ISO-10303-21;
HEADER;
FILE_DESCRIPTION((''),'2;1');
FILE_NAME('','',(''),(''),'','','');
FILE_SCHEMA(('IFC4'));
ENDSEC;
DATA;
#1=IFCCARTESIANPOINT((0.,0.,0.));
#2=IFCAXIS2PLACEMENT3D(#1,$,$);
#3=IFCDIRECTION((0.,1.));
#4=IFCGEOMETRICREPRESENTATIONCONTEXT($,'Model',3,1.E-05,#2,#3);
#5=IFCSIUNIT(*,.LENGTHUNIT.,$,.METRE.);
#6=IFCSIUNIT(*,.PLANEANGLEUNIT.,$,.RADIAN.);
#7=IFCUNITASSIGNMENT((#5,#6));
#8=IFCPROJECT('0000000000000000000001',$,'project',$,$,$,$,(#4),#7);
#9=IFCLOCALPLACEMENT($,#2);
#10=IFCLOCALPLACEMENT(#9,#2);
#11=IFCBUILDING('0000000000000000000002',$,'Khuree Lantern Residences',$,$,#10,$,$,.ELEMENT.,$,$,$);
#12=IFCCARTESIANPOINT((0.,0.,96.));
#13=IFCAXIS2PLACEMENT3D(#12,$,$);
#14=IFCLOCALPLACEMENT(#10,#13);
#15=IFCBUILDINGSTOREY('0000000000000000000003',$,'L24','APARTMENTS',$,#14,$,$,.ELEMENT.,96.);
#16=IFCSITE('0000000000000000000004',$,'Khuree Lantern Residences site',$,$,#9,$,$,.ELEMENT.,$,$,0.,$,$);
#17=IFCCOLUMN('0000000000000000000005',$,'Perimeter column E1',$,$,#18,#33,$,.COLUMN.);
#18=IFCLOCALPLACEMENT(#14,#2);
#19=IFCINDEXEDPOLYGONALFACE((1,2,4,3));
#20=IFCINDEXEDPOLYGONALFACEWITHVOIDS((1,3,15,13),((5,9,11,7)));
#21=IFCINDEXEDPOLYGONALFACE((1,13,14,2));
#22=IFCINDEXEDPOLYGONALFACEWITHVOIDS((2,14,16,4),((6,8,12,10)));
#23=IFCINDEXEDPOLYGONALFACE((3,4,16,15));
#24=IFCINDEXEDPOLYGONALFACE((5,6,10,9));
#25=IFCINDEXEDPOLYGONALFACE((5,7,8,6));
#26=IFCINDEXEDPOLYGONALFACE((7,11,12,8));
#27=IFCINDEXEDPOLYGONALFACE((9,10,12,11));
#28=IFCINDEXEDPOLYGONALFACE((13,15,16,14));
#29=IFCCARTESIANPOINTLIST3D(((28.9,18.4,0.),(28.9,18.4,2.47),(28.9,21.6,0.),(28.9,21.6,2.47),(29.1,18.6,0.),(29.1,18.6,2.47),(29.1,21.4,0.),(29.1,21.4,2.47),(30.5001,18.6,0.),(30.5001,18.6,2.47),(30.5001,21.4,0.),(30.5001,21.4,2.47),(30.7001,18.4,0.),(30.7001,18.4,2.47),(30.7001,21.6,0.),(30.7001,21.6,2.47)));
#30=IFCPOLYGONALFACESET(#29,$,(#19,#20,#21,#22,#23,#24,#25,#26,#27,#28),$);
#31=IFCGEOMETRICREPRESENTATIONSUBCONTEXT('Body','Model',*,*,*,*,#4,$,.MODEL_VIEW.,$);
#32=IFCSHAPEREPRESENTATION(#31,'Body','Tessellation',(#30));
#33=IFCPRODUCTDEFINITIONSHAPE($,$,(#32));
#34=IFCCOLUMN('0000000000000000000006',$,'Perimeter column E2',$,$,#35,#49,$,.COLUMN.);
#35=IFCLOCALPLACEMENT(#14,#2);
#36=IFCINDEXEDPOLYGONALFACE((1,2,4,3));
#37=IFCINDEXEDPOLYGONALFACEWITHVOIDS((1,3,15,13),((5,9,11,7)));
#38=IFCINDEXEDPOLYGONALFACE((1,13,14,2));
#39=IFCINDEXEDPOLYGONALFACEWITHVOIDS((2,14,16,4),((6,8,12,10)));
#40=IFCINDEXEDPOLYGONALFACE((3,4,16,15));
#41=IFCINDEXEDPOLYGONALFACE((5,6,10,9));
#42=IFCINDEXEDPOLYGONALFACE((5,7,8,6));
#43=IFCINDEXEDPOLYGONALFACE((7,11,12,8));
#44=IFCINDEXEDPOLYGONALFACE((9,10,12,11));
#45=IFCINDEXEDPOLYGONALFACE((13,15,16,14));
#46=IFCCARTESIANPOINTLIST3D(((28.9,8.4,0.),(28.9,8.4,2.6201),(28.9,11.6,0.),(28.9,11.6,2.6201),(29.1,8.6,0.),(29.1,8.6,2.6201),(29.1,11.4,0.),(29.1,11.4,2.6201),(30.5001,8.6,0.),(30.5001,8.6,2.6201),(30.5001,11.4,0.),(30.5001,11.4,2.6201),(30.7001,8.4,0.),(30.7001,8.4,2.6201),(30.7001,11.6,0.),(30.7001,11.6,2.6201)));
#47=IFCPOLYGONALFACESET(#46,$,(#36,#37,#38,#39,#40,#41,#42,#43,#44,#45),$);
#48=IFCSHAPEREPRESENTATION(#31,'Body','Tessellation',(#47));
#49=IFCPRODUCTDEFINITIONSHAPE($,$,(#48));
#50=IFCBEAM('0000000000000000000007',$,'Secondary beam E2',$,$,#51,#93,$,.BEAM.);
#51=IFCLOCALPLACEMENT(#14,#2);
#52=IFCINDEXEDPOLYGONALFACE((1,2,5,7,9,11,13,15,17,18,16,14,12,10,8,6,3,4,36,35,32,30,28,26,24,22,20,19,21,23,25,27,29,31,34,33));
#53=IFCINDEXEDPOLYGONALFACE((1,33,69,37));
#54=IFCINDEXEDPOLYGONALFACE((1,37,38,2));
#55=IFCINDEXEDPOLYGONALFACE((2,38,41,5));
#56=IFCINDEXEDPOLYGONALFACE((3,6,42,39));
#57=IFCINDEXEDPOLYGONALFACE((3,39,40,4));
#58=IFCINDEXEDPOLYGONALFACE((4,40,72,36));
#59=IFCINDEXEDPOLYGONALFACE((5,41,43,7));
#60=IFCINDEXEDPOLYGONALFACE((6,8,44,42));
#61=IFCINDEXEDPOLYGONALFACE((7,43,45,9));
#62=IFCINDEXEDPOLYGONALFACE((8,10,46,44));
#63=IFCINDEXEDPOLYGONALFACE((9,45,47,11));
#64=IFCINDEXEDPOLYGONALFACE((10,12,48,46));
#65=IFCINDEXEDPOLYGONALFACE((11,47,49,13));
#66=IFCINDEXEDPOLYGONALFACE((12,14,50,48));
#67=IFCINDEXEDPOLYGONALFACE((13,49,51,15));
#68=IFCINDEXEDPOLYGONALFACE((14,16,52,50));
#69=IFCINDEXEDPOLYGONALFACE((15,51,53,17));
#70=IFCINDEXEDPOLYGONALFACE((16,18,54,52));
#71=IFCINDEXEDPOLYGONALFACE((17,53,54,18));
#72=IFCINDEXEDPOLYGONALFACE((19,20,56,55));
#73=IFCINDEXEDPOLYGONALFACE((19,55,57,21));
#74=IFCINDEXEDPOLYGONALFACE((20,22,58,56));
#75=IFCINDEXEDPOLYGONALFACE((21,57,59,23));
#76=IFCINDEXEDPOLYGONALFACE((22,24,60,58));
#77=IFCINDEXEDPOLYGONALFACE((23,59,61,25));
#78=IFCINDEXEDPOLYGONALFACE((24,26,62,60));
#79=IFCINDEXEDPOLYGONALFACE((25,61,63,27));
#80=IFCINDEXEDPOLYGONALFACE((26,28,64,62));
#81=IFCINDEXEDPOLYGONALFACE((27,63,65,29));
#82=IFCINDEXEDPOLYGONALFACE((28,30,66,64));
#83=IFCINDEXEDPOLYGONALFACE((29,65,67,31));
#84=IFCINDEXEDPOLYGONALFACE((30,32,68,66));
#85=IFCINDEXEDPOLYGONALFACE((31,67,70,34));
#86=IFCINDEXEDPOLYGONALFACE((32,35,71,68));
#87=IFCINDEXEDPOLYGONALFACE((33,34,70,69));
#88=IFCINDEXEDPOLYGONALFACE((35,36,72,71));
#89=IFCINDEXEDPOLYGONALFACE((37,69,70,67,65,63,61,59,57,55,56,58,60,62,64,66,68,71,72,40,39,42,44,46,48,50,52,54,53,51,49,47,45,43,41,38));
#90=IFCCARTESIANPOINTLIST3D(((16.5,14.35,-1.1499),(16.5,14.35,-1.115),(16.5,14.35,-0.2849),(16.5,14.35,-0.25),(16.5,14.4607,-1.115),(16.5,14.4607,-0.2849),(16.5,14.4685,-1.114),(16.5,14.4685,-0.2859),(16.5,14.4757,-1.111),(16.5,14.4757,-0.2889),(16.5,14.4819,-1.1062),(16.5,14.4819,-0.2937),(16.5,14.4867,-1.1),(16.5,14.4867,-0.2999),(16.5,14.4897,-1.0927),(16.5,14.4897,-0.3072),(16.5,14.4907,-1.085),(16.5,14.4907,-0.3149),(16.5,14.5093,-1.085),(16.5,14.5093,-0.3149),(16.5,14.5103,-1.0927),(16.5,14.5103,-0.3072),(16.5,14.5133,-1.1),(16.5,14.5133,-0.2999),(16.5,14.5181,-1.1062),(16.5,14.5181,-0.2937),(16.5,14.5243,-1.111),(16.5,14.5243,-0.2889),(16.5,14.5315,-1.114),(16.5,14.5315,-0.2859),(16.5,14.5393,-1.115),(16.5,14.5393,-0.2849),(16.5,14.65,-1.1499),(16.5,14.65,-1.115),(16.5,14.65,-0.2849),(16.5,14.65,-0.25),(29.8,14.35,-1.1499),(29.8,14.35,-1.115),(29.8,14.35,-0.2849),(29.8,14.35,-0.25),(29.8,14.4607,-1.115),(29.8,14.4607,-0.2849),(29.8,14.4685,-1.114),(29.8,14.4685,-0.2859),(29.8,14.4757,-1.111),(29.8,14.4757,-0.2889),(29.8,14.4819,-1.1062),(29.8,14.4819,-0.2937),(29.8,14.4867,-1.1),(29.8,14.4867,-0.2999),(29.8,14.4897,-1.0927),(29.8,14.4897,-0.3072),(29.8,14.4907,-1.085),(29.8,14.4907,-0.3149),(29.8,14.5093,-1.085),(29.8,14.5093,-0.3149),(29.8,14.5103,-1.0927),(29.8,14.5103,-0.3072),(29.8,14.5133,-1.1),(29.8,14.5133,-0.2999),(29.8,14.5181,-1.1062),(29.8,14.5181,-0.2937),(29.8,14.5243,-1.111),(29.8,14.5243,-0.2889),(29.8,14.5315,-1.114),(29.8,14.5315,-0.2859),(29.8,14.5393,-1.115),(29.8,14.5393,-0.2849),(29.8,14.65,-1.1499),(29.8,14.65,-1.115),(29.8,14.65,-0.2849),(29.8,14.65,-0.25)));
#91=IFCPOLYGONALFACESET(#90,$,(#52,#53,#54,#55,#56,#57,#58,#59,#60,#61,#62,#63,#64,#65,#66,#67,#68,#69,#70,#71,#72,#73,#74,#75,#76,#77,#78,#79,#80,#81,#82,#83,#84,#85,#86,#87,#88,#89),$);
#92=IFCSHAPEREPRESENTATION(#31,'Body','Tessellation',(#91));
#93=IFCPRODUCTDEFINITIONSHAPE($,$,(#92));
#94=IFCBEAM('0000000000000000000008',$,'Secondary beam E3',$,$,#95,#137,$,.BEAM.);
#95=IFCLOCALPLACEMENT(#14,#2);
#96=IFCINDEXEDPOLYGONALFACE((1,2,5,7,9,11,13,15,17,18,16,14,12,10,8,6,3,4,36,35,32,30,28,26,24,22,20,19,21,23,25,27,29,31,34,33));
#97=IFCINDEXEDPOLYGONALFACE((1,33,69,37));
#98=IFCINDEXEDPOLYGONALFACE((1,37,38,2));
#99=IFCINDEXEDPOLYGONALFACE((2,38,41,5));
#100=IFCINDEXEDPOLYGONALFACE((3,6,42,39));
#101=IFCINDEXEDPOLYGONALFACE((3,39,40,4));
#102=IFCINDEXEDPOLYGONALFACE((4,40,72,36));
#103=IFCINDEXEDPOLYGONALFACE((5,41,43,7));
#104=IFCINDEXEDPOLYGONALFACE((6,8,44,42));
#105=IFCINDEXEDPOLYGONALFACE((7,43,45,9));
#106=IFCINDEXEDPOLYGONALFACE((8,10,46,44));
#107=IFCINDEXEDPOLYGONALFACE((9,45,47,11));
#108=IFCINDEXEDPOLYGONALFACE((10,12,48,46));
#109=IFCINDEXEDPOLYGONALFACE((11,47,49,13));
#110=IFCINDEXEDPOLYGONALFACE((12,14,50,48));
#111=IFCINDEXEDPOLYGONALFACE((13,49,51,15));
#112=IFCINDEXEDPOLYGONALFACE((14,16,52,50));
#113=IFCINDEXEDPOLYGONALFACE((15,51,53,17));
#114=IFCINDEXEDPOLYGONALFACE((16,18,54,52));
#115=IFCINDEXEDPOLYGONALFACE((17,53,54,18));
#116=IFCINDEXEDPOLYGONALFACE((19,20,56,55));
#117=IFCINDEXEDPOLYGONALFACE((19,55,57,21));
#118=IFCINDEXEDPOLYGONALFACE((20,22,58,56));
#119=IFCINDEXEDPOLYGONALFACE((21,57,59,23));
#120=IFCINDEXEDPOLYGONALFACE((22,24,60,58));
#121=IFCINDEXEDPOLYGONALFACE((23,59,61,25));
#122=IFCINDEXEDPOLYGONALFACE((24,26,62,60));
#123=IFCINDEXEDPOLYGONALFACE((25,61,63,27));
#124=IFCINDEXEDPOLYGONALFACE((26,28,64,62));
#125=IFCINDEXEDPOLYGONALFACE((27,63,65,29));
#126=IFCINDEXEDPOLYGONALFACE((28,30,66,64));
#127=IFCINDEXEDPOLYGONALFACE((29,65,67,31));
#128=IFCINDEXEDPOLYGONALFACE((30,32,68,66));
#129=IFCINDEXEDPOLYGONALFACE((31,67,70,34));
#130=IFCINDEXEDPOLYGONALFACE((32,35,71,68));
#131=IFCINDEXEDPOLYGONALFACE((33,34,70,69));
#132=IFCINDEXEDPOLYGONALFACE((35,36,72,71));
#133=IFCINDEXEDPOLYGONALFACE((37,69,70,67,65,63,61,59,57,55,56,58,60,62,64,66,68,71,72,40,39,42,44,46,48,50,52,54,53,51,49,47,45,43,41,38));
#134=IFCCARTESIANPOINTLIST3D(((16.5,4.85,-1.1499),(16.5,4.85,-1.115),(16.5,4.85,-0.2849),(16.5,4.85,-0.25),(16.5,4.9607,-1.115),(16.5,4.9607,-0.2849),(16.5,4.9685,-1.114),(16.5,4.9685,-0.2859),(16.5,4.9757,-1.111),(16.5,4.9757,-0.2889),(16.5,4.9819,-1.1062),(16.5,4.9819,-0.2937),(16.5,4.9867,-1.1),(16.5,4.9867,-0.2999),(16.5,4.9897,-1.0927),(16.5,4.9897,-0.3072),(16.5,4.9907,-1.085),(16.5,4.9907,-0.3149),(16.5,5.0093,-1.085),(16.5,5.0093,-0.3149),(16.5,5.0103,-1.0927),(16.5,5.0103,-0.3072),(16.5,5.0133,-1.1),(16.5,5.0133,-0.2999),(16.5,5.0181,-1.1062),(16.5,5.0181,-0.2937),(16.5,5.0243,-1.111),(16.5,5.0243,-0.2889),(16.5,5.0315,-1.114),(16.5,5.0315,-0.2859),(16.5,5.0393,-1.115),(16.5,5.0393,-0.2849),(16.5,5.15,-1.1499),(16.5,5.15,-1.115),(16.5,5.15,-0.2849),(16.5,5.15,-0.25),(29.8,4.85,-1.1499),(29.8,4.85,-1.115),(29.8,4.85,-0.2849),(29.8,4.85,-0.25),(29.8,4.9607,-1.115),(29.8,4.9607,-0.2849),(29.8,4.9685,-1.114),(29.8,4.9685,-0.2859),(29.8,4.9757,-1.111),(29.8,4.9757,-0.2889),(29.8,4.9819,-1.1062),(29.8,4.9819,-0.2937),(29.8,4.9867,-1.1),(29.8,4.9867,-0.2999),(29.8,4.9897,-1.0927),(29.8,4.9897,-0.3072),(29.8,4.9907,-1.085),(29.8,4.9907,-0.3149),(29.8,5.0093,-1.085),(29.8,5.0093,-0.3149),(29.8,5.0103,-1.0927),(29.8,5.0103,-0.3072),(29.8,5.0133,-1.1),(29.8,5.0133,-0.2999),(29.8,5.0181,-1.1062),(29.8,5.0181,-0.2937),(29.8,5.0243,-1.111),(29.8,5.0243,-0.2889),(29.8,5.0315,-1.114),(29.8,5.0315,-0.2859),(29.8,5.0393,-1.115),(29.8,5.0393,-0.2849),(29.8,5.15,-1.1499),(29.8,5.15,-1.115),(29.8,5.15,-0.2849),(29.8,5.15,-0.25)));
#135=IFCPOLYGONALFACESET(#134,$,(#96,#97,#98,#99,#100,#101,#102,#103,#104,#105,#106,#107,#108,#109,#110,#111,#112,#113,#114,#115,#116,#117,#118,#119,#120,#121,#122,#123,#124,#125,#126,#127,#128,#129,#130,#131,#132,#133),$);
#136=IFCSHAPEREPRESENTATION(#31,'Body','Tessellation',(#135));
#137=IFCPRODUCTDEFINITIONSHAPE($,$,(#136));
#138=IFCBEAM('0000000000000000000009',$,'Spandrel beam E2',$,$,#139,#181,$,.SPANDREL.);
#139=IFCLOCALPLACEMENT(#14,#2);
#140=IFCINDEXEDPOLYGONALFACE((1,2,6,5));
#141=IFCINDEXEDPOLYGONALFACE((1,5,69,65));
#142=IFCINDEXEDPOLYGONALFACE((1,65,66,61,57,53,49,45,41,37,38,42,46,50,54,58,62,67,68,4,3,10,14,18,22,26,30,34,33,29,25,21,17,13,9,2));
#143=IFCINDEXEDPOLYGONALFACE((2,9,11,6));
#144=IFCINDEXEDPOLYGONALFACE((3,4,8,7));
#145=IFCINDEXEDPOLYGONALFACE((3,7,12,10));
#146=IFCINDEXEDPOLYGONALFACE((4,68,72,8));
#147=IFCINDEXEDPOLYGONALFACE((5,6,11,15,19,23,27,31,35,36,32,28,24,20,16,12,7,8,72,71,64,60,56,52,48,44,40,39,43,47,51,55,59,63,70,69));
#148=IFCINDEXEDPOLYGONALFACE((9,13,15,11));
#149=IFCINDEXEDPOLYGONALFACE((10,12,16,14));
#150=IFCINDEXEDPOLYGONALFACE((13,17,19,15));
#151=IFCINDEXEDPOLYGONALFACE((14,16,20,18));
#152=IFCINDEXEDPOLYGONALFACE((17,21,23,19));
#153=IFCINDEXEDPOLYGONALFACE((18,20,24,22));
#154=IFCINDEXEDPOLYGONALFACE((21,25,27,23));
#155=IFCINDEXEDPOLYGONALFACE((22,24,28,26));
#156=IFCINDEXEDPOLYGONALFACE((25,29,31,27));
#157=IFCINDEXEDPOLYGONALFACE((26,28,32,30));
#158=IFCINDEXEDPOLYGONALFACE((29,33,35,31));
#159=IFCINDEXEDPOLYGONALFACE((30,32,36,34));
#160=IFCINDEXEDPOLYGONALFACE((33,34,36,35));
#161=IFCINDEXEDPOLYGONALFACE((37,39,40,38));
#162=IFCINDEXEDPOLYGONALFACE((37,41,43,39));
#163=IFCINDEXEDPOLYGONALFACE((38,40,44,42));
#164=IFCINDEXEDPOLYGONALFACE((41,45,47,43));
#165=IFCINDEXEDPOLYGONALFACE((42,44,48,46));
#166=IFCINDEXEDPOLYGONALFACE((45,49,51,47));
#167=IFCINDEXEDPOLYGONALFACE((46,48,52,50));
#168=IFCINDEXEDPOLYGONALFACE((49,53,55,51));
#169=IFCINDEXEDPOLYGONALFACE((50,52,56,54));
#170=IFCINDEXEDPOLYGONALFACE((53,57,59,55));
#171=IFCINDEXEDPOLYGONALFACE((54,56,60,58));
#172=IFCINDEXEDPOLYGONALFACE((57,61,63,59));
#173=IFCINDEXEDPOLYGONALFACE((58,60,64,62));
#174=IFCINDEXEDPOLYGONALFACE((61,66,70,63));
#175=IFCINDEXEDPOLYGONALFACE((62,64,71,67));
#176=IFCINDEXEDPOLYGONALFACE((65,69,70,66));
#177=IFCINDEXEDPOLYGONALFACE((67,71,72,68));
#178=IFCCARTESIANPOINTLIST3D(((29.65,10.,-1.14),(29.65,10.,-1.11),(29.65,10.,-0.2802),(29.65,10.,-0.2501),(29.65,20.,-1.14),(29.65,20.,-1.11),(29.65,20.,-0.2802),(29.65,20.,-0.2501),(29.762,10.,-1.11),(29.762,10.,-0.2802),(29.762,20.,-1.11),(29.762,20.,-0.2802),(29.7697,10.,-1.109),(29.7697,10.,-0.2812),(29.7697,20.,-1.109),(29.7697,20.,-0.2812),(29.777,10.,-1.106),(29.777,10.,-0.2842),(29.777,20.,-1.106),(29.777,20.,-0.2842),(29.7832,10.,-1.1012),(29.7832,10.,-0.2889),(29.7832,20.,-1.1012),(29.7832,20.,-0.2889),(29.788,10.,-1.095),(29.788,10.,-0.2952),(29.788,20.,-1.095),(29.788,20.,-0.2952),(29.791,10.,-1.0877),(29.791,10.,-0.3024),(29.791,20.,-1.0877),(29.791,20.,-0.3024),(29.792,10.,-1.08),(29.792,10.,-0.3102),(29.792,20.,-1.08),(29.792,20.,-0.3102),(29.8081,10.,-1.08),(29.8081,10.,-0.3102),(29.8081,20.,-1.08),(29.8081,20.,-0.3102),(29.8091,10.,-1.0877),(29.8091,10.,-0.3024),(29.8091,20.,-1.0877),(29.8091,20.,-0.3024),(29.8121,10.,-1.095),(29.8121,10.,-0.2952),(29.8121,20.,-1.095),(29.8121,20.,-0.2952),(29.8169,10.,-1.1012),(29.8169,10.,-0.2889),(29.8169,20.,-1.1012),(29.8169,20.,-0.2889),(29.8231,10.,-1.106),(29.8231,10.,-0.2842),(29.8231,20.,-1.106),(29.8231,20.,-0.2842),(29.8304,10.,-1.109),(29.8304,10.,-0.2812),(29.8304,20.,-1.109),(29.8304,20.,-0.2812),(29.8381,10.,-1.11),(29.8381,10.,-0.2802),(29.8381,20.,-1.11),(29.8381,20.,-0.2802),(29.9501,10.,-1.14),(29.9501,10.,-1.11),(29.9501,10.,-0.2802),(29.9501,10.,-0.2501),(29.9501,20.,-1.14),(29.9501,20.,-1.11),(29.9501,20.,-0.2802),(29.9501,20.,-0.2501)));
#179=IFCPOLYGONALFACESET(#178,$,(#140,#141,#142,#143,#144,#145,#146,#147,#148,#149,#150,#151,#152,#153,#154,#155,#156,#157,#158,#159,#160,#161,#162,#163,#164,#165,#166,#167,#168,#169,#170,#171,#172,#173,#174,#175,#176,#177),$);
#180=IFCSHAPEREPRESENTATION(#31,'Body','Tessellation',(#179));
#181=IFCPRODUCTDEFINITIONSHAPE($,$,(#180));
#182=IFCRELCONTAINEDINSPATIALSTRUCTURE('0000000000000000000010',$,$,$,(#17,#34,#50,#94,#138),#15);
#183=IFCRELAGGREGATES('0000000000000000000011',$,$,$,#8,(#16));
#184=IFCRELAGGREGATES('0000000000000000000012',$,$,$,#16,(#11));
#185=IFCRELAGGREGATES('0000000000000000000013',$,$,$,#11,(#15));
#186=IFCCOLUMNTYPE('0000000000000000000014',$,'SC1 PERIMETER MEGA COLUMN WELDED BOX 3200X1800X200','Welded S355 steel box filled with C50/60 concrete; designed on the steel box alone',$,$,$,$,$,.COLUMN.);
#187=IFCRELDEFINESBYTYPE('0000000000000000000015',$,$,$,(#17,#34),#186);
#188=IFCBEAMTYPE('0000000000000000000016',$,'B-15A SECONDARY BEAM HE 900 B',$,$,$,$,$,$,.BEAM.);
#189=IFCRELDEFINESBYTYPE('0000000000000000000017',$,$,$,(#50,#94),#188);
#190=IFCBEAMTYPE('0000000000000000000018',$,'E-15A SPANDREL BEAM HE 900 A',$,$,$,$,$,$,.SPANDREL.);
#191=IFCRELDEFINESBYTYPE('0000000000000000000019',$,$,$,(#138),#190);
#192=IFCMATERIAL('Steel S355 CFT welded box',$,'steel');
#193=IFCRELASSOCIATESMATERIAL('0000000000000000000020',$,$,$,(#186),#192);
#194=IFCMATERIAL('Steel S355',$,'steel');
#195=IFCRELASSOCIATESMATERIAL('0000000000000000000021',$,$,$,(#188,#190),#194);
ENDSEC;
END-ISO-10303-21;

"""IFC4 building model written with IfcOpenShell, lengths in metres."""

from ifc_helpers import new_model, si_unit, direction, frame, origin, origin_2d, place, context, subcontext, project, spatial, hollow_rectangle, i_section, extrude, material, material_profile, profile_set, type_object, element, save


model = new_model("IFC4")

# Units and contexts
model_context = context("Model", 3, precision=1e-05, world=origin(), true_north=direction((0.0, 1.0)))
body_context = subcontext(model_context, "Body", "Model", "MODEL_VIEW")
ifc_project = project(units=[si_unit("LENGTHUNIT", "METRE"), si_unit("PLANEANGLEUNIT", "RADIAN")], contexts=[model_context])

# Site, building, storey
site_placement = place(None, origin())
site = spatial("IfcSite", under=ifc_project, at=site_placement, Name="Khuree Lantern Residences site", CompositionType="ELEMENT", RefElevation=0.0)
building_placement = place(site_placement, origin())
building = spatial("IfcBuilding", under=site, at=building_placement, Name="Khuree Lantern Residences", CompositionType="ELEMENT")
storey_placement = place(building_placement, frame((0.0, 0.0, 96.0)))
storey = spatial("IfcBuildingStorey", under=building, at=storey_placement, Name="L24", Description="APARTMENTS", CompositionType="ELEMENT", Elevation=96.0)

# Columns
ifc_material_1 = material(Name="Steel S355 CFT welded box", Category="steel")
ifc_material_profile_1 = material_profile(ifc_material_1, hollow_rectangle(XDim=3.2, YDim=1.8, WallThickness=0.2, at=origin_2d()), Name="WELDED BOX 3200X1800X200")
ifc_profile_set_1 = profile_set([ifc_material_profile_1], Name="Steel S355 CFT welded box")
column_type = type_object("IfcColumnType", Name="SC1 PERIMETER MEGA COLUMN WELDED BOX 3200X1800X200", Description="Welded S355 steel box filled with C50/60 concrete; designed on the steel box alone", PredefinedType="COLUMN", material=ifc_profile_set_1)
column_1_placement = place(storey_placement, frame((29.8, 20.0, 0.0), z_axis=(0.0, 0.0, 1.0), x_axis=(0.0, 1.0, 0.0)))
element("IfcColumn", 1, at=column_1_placement, inside=storey, type_object=column_type, Name="Perimeter column E1", PredefinedType="COLUMN", context=body_context, shape_type="SweptSolid", body=[
    extrude(hollow_rectangle(XDim=3.2, YDim=1.8, WallThickness=0.2, at=origin_2d()), origin(), (0.0, 0.0, 1.0), 2.47),
])
column_2_placement = place(storey_placement, frame((29.8, 10.0, 0.0), z_axis=(0.0, 0.0, 1.0), x_axis=(0.0, 1.0, 0.0)))
element("IfcColumn", 2, at=column_2_placement, inside=storey, type_object=column_type, Name="Perimeter column E2", PredefinedType="COLUMN", context=body_context, shape_type="SweptSolid", body=[
    extrude(hollow_rectangle(XDim=3.2, YDim=1.8, WallThickness=0.2, at=origin_2d()), origin(), (0.0, 0.0, 1.0), 2.6201),
])

# Beams
ifc_material_2 = material(Name="Steel S355", Category="steel")
ifc_material_profile_2 = material_profile(ifc_material_2, i_section(OverallWidth=0.3, OverallDepth=0.8999, WebThickness=0.0186, FlangeThickness=0.0349, FilletRadius=0.03, at=origin_2d()), Name="HE 900 B")
ifc_profile_set_2 = profile_set([ifc_material_profile_2], Name="Steel S355")
beam_type_1 = type_object("IfcBeamType", Name="B-15A SECONDARY BEAM HE 900 B", PredefinedType="BEAM", material=ifc_profile_set_2)
for number, where, z_axis, x_axis, name in (
    (3, (29.8, 14.5, -0.7), (-1.0, 0.0, 0.0), (0.0, -1.0, 0.0), "Secondary beam E2"),
    (4, (29.8, 5.0, -0.7), (-1.0, 0.0, 0.0), (0.0, -1.0, 0.0), "Secondary beam E3"),
):
    element("IfcBeam", number, at=place(storey_placement, frame(where, z_axis=z_axis, x_axis=x_axis)), inside=storey, type_object=beam_type_1, Name=name, PredefinedType="BEAM", context=body_context, shape_type="SweptSolid", body=[
        extrude(i_section(OverallWidth=0.3, OverallDepth=0.8999, WebThickness=0.0186, FlangeThickness=0.0349, FilletRadius=0.03, at=origin_2d()), origin(), (0.0, 0.0, 1.0), 13.3),
    ])
ifc_material_profile_3 = material_profile(ifc_material_2, i_section(OverallWidth=0.3, OverallDepth=0.8899, WebThickness=0.0161, FlangeThickness=0.03, FilletRadius=0.03, at=origin_2d()), Name="HE 900 A")
ifc_profile_set_3 = profile_set([ifc_material_profile_3], Name="Steel S355")
beam_type_2 = type_object("IfcBeamType", Name="E-15A SPANDREL BEAM HE 900 A", PredefinedType="SPANDREL", material=ifc_profile_set_3)
for number, where, z_axis, x_axis, name in (
    (5, (29.8, 20.0, -0.6951), (0.0, -1.0, 0.0), (1.0, 0.0, 0.0), "Spandrel beam E2"),
):
    element("IfcBeam", number, at=place(storey_placement, frame(where, z_axis=z_axis, x_axis=x_axis)), inside=storey, type_object=beam_type_2, Name=name, PredefinedType="SPANDREL", context=body_context, shape_type="SweptSolid", body=[
        extrude(i_section(OverallWidth=0.3, OverallDepth=0.8899, WebThickness=0.0161, FlangeThickness=0.03, FilletRadius=0.03, at=origin_2d()), origin(), (0.0, 0.0, 1.0), 10.0),
    ])

save(model, "model.ifc")
